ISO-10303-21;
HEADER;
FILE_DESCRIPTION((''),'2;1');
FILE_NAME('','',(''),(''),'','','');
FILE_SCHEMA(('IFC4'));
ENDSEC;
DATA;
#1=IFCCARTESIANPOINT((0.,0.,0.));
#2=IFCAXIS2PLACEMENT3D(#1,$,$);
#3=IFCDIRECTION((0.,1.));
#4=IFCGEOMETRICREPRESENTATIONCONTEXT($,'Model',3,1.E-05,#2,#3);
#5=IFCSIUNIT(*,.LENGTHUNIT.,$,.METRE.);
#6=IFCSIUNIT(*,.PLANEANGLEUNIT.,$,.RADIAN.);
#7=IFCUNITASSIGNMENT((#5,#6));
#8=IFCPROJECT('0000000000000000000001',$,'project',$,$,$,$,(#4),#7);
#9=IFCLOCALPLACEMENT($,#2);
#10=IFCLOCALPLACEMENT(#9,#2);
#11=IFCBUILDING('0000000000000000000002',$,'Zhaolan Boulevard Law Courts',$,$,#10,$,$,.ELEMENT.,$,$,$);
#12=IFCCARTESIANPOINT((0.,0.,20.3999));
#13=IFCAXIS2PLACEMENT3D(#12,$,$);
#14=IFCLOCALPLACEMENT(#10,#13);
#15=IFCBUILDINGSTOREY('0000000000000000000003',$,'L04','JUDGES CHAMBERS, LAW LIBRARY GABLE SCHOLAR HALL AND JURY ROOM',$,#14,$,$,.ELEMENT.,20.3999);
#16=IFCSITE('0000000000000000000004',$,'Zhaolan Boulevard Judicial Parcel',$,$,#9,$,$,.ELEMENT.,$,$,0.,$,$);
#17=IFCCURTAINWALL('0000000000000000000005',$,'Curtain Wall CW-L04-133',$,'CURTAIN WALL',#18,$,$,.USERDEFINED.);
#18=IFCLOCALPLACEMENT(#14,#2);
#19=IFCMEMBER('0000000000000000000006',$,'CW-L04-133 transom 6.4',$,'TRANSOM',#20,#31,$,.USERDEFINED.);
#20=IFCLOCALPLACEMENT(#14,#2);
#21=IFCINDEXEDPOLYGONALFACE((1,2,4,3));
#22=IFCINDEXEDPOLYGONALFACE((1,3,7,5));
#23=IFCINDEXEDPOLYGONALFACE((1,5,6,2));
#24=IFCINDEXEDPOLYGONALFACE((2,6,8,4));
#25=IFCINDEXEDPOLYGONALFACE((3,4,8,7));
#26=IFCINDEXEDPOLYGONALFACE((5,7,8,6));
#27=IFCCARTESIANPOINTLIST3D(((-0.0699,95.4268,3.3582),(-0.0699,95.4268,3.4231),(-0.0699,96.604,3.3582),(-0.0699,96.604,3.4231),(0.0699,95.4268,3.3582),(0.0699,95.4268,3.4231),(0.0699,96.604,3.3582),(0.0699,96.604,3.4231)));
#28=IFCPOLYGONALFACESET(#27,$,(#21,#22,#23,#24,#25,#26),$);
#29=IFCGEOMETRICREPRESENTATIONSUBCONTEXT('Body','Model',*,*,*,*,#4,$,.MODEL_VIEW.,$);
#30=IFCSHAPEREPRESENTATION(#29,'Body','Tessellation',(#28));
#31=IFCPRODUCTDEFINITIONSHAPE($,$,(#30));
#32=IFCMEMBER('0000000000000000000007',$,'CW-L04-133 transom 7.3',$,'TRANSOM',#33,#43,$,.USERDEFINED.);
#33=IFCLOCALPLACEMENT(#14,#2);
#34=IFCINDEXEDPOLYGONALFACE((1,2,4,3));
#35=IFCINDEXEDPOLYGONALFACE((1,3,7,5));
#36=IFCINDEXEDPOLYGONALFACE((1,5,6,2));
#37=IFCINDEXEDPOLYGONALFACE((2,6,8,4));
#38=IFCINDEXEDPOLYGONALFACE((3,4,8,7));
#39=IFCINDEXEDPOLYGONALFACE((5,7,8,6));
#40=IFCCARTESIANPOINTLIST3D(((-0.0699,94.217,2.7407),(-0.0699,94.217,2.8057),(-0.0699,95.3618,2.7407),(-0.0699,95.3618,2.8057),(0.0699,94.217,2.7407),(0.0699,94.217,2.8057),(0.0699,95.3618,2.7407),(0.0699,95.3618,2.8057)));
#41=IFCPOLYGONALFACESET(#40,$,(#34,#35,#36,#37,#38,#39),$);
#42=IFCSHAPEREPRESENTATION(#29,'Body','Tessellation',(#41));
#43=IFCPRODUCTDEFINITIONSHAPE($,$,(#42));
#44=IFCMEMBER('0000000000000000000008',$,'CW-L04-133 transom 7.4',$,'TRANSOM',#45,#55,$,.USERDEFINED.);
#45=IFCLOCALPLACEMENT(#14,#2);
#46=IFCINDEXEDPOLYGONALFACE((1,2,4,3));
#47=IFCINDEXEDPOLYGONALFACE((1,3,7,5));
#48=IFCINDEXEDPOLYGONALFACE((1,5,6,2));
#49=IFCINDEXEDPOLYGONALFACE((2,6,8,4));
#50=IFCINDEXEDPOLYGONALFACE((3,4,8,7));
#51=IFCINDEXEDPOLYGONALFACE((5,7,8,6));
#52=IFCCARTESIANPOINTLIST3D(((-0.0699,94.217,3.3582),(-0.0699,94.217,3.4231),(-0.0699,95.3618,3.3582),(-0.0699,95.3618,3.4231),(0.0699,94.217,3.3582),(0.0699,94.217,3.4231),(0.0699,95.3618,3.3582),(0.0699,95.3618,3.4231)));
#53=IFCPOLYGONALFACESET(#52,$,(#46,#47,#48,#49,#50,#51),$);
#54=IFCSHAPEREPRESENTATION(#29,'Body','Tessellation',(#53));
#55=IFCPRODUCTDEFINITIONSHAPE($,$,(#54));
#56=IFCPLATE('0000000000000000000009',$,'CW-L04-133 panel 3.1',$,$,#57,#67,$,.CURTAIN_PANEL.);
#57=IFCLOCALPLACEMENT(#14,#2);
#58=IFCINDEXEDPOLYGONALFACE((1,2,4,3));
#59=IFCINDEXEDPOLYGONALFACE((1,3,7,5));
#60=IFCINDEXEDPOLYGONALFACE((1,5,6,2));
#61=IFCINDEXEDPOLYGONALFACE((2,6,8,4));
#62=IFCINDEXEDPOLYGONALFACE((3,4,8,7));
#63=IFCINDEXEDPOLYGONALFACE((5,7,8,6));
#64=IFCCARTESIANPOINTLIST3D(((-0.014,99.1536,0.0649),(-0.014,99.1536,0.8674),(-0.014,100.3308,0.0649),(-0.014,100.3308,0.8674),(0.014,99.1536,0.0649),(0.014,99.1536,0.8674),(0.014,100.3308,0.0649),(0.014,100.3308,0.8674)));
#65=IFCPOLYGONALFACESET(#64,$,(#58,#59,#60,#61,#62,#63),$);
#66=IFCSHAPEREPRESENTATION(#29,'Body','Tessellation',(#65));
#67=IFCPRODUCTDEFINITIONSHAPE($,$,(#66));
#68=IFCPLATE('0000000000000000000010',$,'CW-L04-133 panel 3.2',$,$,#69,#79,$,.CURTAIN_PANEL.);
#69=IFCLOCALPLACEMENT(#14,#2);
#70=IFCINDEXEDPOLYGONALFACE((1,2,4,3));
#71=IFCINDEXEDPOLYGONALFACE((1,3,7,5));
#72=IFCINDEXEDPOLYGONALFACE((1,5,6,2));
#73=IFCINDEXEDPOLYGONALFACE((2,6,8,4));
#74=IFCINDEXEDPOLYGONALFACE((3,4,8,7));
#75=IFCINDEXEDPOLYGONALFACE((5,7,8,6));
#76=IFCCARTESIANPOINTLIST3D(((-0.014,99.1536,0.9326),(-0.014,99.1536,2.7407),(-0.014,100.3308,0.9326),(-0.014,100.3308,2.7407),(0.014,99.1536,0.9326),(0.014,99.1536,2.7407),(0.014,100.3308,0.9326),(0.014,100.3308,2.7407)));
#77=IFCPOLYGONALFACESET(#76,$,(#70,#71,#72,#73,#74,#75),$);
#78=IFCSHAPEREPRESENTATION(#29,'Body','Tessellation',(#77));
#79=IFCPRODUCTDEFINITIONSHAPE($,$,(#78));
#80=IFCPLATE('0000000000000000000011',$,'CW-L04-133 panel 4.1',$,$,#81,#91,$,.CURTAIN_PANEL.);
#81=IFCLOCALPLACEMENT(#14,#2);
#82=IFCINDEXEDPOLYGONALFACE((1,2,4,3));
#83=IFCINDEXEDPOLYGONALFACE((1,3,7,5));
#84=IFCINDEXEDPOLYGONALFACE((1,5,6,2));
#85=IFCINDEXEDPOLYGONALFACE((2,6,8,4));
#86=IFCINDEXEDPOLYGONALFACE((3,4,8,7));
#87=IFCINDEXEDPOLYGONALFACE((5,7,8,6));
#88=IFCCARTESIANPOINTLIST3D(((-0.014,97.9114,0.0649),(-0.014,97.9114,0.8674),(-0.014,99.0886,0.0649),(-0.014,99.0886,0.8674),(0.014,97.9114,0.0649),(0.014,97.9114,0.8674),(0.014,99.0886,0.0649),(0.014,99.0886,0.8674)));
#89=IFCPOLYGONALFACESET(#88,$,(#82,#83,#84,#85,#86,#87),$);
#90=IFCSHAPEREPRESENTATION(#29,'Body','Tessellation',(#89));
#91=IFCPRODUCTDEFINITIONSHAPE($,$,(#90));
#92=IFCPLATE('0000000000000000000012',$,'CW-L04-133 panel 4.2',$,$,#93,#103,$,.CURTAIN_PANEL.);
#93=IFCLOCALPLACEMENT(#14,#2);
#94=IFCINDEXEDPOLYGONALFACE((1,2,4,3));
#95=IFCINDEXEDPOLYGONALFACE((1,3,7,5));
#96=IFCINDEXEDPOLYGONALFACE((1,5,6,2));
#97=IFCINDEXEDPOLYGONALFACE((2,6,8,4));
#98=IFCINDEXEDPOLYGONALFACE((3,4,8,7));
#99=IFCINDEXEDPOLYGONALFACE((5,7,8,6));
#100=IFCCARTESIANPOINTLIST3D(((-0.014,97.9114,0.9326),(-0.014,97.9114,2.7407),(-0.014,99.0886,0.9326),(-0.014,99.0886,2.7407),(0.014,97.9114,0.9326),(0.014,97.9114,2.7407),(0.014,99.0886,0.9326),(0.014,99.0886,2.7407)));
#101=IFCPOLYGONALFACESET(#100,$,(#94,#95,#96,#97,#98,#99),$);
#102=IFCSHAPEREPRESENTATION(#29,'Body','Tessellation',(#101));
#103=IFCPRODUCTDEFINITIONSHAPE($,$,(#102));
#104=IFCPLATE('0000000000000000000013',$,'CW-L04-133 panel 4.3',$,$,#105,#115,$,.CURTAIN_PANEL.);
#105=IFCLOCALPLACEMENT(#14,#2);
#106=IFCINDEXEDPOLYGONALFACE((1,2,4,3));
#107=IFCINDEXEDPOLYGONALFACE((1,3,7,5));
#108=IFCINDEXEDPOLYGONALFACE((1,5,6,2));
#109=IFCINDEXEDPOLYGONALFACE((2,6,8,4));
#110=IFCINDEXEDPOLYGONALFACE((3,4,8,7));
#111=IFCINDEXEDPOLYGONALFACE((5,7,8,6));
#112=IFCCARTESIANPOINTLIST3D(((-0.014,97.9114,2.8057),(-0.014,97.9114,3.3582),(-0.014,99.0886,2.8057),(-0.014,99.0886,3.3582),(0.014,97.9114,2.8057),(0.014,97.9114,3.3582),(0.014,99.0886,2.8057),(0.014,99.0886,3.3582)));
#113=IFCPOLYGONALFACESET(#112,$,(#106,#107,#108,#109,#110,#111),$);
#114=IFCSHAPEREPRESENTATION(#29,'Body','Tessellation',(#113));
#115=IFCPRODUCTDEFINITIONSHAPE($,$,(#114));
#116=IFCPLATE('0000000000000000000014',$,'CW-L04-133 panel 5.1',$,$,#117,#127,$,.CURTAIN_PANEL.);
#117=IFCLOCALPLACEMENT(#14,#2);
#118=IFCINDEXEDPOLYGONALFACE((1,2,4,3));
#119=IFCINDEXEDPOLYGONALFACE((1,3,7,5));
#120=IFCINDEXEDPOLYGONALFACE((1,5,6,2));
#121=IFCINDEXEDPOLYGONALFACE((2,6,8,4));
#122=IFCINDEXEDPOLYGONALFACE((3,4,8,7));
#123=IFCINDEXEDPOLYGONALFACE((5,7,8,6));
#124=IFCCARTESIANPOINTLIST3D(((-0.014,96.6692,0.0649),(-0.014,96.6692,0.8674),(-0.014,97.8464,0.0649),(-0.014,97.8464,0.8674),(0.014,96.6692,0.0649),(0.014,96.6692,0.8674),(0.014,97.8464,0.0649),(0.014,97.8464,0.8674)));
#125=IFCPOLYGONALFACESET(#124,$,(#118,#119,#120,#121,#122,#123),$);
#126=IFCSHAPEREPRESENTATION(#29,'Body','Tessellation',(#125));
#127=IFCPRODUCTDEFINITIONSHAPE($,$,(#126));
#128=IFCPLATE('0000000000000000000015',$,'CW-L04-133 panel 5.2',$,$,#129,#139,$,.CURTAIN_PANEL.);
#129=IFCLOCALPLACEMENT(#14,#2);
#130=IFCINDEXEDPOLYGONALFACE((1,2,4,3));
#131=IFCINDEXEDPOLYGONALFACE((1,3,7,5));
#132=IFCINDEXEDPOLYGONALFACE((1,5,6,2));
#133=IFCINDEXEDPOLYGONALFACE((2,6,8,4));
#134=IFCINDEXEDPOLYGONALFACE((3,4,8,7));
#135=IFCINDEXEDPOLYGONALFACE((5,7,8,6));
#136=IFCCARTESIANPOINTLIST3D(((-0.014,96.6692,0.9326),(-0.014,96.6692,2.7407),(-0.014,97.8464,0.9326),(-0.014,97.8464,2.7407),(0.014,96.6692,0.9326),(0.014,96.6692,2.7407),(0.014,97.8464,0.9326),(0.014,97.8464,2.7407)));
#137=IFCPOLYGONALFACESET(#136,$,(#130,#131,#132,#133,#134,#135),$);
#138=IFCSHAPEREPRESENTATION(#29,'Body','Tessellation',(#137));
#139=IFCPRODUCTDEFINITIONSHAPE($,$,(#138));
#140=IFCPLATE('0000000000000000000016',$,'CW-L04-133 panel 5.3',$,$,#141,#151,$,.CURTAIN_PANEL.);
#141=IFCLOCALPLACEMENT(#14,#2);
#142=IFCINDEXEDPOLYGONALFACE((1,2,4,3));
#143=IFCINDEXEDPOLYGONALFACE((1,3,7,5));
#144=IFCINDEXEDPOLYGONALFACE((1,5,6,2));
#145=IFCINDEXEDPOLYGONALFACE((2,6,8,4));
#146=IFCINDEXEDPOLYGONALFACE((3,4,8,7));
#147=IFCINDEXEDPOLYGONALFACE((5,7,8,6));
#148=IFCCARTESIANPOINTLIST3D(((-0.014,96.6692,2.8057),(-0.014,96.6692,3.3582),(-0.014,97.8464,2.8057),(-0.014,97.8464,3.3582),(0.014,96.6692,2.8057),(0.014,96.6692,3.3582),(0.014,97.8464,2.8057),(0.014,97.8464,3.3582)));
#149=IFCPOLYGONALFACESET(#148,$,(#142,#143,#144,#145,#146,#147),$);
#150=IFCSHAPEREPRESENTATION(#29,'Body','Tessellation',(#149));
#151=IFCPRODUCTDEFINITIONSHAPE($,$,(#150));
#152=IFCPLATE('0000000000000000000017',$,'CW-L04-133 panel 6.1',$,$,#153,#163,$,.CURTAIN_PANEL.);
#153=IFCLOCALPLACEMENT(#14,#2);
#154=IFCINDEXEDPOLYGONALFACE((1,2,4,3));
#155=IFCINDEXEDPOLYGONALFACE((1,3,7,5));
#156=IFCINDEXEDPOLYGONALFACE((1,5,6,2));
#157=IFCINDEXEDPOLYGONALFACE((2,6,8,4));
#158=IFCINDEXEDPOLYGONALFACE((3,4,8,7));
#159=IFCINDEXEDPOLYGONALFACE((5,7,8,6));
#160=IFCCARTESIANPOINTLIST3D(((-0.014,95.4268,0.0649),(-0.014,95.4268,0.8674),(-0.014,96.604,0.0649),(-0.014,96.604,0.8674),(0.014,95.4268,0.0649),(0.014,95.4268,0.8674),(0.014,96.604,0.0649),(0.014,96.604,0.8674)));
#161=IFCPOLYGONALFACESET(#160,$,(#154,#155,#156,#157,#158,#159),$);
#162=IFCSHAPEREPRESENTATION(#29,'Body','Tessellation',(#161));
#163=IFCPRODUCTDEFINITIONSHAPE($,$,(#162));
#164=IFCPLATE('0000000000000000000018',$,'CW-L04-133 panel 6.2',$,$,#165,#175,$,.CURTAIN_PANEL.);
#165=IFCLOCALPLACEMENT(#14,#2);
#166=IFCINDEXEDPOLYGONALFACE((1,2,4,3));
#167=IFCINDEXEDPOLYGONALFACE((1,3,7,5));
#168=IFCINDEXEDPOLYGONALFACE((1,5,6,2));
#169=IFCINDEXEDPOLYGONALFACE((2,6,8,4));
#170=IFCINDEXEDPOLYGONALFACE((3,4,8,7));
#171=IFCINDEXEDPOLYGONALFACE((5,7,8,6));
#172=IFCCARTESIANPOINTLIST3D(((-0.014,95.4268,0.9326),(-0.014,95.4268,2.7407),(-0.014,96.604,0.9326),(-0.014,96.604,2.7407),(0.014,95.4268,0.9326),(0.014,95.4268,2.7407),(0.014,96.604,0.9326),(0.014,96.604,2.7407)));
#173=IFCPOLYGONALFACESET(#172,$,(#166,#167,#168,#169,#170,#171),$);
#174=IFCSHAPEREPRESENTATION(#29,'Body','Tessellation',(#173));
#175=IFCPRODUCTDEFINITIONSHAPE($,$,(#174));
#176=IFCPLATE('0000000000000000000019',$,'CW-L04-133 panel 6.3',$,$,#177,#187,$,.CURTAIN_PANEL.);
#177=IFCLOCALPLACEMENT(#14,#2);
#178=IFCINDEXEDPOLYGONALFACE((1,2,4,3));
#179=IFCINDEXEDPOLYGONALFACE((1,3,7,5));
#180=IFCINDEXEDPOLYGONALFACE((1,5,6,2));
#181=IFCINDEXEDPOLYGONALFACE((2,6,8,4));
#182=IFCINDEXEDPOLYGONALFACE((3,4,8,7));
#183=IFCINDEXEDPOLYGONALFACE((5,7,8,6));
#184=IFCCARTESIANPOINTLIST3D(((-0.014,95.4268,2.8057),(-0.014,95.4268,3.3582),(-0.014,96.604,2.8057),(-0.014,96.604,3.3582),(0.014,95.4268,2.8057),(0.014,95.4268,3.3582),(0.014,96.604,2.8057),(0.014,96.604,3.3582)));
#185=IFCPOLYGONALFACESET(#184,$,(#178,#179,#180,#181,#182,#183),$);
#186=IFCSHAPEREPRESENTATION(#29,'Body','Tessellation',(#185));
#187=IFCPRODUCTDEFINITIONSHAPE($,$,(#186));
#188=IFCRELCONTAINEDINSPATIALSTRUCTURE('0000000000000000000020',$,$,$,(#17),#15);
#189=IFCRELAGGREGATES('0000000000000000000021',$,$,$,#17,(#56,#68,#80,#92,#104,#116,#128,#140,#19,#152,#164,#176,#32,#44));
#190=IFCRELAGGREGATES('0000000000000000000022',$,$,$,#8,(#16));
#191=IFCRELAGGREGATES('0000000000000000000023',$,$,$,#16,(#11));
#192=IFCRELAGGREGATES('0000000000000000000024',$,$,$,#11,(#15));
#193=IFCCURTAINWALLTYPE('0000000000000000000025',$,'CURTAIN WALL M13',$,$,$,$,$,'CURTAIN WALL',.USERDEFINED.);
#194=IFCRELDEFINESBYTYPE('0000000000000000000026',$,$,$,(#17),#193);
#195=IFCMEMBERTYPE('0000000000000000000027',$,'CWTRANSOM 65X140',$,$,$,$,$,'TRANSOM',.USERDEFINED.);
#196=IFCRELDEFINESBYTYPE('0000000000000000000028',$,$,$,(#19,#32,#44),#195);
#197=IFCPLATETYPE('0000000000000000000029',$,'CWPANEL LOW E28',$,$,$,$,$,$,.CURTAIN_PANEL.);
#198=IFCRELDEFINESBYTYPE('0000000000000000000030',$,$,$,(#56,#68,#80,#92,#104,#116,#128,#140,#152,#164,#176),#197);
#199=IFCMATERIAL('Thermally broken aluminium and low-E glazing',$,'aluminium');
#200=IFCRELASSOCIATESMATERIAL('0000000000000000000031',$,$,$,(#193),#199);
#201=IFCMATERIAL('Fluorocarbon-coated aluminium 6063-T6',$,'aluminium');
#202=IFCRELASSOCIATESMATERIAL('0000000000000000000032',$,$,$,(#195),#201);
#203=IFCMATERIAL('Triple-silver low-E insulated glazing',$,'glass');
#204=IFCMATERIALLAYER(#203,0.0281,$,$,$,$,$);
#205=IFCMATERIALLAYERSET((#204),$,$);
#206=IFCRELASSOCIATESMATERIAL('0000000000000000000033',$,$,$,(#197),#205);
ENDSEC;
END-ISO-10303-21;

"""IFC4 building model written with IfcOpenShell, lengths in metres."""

from ifc_helpers import new_model, si_unit, direction, frame, origin, origin_2d, place, context, subcontext, project, spatial, rectangle, extrude, material, layer, layer_set, material_profile, profile_set, type_object, element, aggregate, save


model = new_model("IFC4")

# Units and contexts
model_context = context("Model", 3, precision=1e-05, world=origin(), true_north=direction((0.0, 1.0)))
body_context = subcontext(model_context, "Body", "Model", "MODEL_VIEW")
ifc_project = project(units=[si_unit("LENGTHUNIT", "METRE"), si_unit("PLANEANGLEUNIT", "RADIAN")], contexts=[model_context])

# Site, building, storey
site_placement = place(None, origin())
site = spatial("IfcSite", under=ifc_project, at=site_placement, Name="Zhaolan Boulevard Judicial Parcel", CompositionType="ELEMENT", RefElevation=0.0)
building_placement = place(site_placement, origin())
building = spatial("IfcBuilding", under=site, at=building_placement, Name="Zhaolan Boulevard Law Courts", CompositionType="ELEMENT")
storey_placement = place(building_placement, frame((0.0, 0.0, 20.3999)))
storey = spatial("IfcBuildingStorey", under=building, at=storey_placement, Name="L04", Description="JUDGES CHAMBERS, LAW LIBRARY GABLE SCHOLAR HALL AND JURY ROOM", CompositionType="ELEMENT", Elevation=20.3999)

# Curtain wall, members, plates
ifc_material_1 = material(Name="Thermally broken aluminium and low-E glazing", Category="aluminium")
curtain_wall_type = type_object("IfcCurtainWallType", Name="CURTAIN WALL M13", ElementType="CURTAIN WALL", PredefinedType="USERDEFINED", material=ifc_material_1)
curtain_wall_placement = place(storey_placement, origin())
curtain_wall = element("IfcCurtainWall", 1, at=curtain_wall_placement, inside=storey, type_object=curtain_wall_type, Name="Curtain Wall CW-L04-133", ObjectType="CURTAIN WALL", PredefinedType="USERDEFINED")
ifc_material_2 = material(Name="Fluorocarbon-coated aluminium 6063-T6", Category="aluminium")
ifc_material_profile_1 = material_profile(ifc_material_2, rectangle(XDim=0.1399, YDim=0.0649, at=origin_2d()), Name="AL65x140")
ifc_profile_set_1 = profile_set([ifc_material_profile_1], Name="Fluorocarbon-coated aluminium 6063-T6")
member_type_1 = type_object("IfcMemberType", Name="CWTRANSOM 65X140", ElementType="TRANSOM", PredefinedType="USERDEFINED", material=ifc_profile_set_1)
member_1_placement = place(storey_placement, frame((0.0, 96.604, 3.3906), z_axis=(0.0, -1.0, 0.0), x_axis=(1.0, 0.0, 0.0)))
member_1 = element("IfcMember", 2, at=member_1_placement, type_object=member_type_1, Name="CW-L04-133 transom 6.4", ObjectType="TRANSOM", PredefinedType="USERDEFINED", context=body_context, shape_type="SweptSolid", body=[
    extrude(rectangle(XDim=0.1399, YDim=0.0649, at=origin_2d()), origin(), (0.0, 0.0, 1.0), 1.1772),
])
member_2_placement = place(storey_placement, frame((0.0, 95.3618, 2.7732), z_axis=(0.0, -1.0, 0.0), x_axis=(1.0, 0.0, 0.0)))
member_2 = element("IfcMember", 3, at=member_2_placement, type_object=member_type_1, Name="CW-L04-133 transom 7.3", ObjectType="TRANSOM", PredefinedType="USERDEFINED", context=body_context, shape_type="SweptSolid", body=[
    extrude(rectangle(XDim=0.1399, YDim=0.0649, at=origin_2d()), origin(), (0.0, 0.0, 1.0), 1.1448),
])
member_3_placement = place(storey_placement, frame((0.0, 95.3618, 3.3906), z_axis=(0.0, -1.0, 0.0), x_axis=(1.0, 0.0, 0.0)))
member_3 = element("IfcMember", 4, at=member_3_placement, type_object=member_type_1, Name="CW-L04-133 transom 7.4", ObjectType="TRANSOM", PredefinedType="USERDEFINED", context=body_context, shape_type="SweptSolid", body=[
    extrude(rectangle(XDim=0.1399, YDim=0.0649, at=origin_2d()), origin(), (0.0, 0.0, 1.0), 1.1448),
])
ifc_material_3 = material(Name="Triple-silver low-E insulated glazing", Category="glass")
ifc_layer = layer(ifc_material_3, 0.0281)
ifc_layer_set = layer_set([ifc_layer])
plate_type = type_object("IfcPlateType", Name="CWPANEL LOW E28", PredefinedType="CURTAIN_PANEL", material=ifc_layer_set)
plate_1_placement = place(storey_placement, frame((0.0, 99.7422, 0.0649), z_axis=(0.0, 0.0, 1.0), x_axis=(0.0, -1.0, 0.0)))
plate_1 = element("IfcPlate", 5, at=plate_1_placement, type_object=plate_type, Name="CW-L04-133 panel 3.1", PredefinedType="CURTAIN_PANEL", context=body_context, shape_type="SweptSolid", body=[
    extrude(rectangle(XDim=1.1772, YDim=0.0281, at=origin_2d()), origin(), (0.0, 0.0, 1.0), 0.8025),
])
plate_2_placement = place(storey_placement, frame((0.0, 99.7422, 0.9326), z_axis=(0.0, 0.0, 1.0), x_axis=(0.0, -1.0, 0.0)))
plate_2 = element("IfcPlate", 6, at=plate_2_placement, type_object=plate_type, Name="CW-L04-133 panel 3.2", PredefinedType="CURTAIN_PANEL", context=body_context, shape_type="SweptSolid", body=[
    extrude(rectangle(XDim=1.1772, YDim=0.0281, at=origin_2d()), origin(), (0.0, 0.0, 1.0), 1.8081),
])
plate_3_placement = place(storey_placement, frame((0.0, 98.5, 0.0649), z_axis=(0.0, 0.0, 1.0), x_axis=(0.0, -1.0, 0.0)))
plate_3 = element("IfcPlate", 7, at=plate_3_placement, type_object=plate_type, Name="CW-L04-133 panel 4.1", PredefinedType="CURTAIN_PANEL", context=body_context, shape_type="SweptSolid", body=[
    extrude(rectangle(XDim=1.1772, YDim=0.0281, at=origin_2d()), origin(), (0.0, 0.0, 1.0), 0.8025),
])
plate_4_placement = place(storey_placement, frame((0.0, 98.5, 0.9326), z_axis=(0.0, 0.0, 1.0), x_axis=(0.0, -1.0, 0.0)))
plate_4 = element("IfcPlate", 8, at=plate_4_placement, type_object=plate_type, Name="CW-L04-133 panel 4.2", PredefinedType="CURTAIN_PANEL", context=body_context, shape_type="SweptSolid", body=[
    extrude(rectangle(XDim=1.1772, YDim=0.0281, at=origin_2d()), origin(), (0.0, 0.0, 1.0), 1.8081),
])
plate_5_placement = place(storey_placement, frame((0.0, 98.5, 2.8057), z_axis=(0.0, 0.0, 1.0), x_axis=(0.0, -1.0, 0.0)))
plate_5 = element("IfcPlate", 9, at=plate_5_placement, type_object=plate_type, Name="CW-L04-133 panel 4.3", PredefinedType="CURTAIN_PANEL", context=body_context, shape_type="SweptSolid", body=[
    extrude(rectangle(XDim=1.1772, YDim=0.0281, at=origin_2d()), origin(), (0.0, 0.0, 1.0), 0.5525),
])
plate_6_placement = place(storey_placement, frame((0.0, 97.2578, 0.0649), z_axis=(0.0, 0.0, 1.0), x_axis=(0.0, -1.0, 0.0)))
plate_6 = element("IfcPlate", 10, at=plate_6_placement, type_object=plate_type, Name="CW-L04-133 panel 5.1", PredefinedType="CURTAIN_PANEL", context=body_context, shape_type="SweptSolid", body=[
    extrude(rectangle(XDim=1.1772, YDim=0.0281, at=origin_2d()), origin(), (0.0, 0.0, 1.0), 0.8025),
])
plate_7_placement = place(storey_placement, frame((0.0, 97.2578, 0.9326), z_axis=(0.0, 0.0, 1.0), x_axis=(0.0, -1.0, 0.0)))
plate_7 = element("IfcPlate", 11, at=plate_7_placement, type_object=plate_type, Name="CW-L04-133 panel 5.2", PredefinedType="CURTAIN_PANEL", context=body_context, shape_type="SweptSolid", body=[
    extrude(rectangle(XDim=1.1772, YDim=0.0281, at=origin_2d()), origin(), (0.0, 0.0, 1.0), 1.8081),
])
plate_8_placement = place(storey_placement, frame((0.0, 97.2578, 2.8057), z_axis=(0.0, 0.0, 1.0), x_axis=(0.0, -1.0, 0.0)))
plate_8 = element("IfcPlate", 12, at=plate_8_placement, type_object=plate_type, Name="CW-L04-133 panel 5.3", PredefinedType="CURTAIN_PANEL", context=body_context, shape_type="SweptSolid", body=[
    extrude(rectangle(XDim=1.1772, YDim=0.0281, at=origin_2d()), origin(), (0.0, 0.0, 1.0), 0.5525),
])
plate_9_placement = place(storey_placement, frame((0.0, 96.0154, 0.0649), z_axis=(0.0, 0.0, 1.0), x_axis=(0.0, -1.0, 0.0)))
plate_9 = element("IfcPlate", 13, at=plate_9_placement, type_object=plate_type, Name="CW-L04-133 panel 6.1", PredefinedType="CURTAIN_PANEL", context=body_context, shape_type="SweptSolid", body=[
    extrude(rectangle(XDim=1.1772, YDim=0.0281, at=origin_2d()), origin(), (0.0, 0.0, 1.0), 0.8025),
])
plate_10_placement = place(storey_placement, frame((0.0, 96.0154, 0.9326), z_axis=(0.0, 0.0, 1.0), x_axis=(0.0, -1.0, 0.0)))
plate_10 = element("IfcPlate", 14, at=plate_10_placement, type_object=plate_type, Name="CW-L04-133 panel 6.2", PredefinedType="CURTAIN_PANEL", context=body_context, shape_type="SweptSolid", body=[
    extrude(rectangle(XDim=1.1772, YDim=0.0281, at=origin_2d()), origin(), (0.0, 0.0, 1.0), 1.8081),
])
plate_11_placement = place(storey_placement, frame((0.0, 96.0154, 2.8057), z_axis=(0.0, 0.0, 1.0), x_axis=(0.0, -1.0, 0.0)))
plate_11 = element("IfcPlate", 15, at=plate_11_placement, type_object=plate_type, Name="CW-L04-133 panel 6.3", PredefinedType="CURTAIN_PANEL", context=body_context, shape_type="SweptSolid", body=[
    extrude(rectangle(XDim=1.1772, YDim=0.0281, at=origin_2d()), origin(), (0.0, 0.0, 1.0), 0.5525),
])
aggregate(curtain_wall, [plate_1, plate_2, plate_3, plate_4, plate_5, plate_6, plate_7, plate_8, member_1, plate_9, plate_10, plate_11, member_2, member_3])

save(model, "model.ifc")
